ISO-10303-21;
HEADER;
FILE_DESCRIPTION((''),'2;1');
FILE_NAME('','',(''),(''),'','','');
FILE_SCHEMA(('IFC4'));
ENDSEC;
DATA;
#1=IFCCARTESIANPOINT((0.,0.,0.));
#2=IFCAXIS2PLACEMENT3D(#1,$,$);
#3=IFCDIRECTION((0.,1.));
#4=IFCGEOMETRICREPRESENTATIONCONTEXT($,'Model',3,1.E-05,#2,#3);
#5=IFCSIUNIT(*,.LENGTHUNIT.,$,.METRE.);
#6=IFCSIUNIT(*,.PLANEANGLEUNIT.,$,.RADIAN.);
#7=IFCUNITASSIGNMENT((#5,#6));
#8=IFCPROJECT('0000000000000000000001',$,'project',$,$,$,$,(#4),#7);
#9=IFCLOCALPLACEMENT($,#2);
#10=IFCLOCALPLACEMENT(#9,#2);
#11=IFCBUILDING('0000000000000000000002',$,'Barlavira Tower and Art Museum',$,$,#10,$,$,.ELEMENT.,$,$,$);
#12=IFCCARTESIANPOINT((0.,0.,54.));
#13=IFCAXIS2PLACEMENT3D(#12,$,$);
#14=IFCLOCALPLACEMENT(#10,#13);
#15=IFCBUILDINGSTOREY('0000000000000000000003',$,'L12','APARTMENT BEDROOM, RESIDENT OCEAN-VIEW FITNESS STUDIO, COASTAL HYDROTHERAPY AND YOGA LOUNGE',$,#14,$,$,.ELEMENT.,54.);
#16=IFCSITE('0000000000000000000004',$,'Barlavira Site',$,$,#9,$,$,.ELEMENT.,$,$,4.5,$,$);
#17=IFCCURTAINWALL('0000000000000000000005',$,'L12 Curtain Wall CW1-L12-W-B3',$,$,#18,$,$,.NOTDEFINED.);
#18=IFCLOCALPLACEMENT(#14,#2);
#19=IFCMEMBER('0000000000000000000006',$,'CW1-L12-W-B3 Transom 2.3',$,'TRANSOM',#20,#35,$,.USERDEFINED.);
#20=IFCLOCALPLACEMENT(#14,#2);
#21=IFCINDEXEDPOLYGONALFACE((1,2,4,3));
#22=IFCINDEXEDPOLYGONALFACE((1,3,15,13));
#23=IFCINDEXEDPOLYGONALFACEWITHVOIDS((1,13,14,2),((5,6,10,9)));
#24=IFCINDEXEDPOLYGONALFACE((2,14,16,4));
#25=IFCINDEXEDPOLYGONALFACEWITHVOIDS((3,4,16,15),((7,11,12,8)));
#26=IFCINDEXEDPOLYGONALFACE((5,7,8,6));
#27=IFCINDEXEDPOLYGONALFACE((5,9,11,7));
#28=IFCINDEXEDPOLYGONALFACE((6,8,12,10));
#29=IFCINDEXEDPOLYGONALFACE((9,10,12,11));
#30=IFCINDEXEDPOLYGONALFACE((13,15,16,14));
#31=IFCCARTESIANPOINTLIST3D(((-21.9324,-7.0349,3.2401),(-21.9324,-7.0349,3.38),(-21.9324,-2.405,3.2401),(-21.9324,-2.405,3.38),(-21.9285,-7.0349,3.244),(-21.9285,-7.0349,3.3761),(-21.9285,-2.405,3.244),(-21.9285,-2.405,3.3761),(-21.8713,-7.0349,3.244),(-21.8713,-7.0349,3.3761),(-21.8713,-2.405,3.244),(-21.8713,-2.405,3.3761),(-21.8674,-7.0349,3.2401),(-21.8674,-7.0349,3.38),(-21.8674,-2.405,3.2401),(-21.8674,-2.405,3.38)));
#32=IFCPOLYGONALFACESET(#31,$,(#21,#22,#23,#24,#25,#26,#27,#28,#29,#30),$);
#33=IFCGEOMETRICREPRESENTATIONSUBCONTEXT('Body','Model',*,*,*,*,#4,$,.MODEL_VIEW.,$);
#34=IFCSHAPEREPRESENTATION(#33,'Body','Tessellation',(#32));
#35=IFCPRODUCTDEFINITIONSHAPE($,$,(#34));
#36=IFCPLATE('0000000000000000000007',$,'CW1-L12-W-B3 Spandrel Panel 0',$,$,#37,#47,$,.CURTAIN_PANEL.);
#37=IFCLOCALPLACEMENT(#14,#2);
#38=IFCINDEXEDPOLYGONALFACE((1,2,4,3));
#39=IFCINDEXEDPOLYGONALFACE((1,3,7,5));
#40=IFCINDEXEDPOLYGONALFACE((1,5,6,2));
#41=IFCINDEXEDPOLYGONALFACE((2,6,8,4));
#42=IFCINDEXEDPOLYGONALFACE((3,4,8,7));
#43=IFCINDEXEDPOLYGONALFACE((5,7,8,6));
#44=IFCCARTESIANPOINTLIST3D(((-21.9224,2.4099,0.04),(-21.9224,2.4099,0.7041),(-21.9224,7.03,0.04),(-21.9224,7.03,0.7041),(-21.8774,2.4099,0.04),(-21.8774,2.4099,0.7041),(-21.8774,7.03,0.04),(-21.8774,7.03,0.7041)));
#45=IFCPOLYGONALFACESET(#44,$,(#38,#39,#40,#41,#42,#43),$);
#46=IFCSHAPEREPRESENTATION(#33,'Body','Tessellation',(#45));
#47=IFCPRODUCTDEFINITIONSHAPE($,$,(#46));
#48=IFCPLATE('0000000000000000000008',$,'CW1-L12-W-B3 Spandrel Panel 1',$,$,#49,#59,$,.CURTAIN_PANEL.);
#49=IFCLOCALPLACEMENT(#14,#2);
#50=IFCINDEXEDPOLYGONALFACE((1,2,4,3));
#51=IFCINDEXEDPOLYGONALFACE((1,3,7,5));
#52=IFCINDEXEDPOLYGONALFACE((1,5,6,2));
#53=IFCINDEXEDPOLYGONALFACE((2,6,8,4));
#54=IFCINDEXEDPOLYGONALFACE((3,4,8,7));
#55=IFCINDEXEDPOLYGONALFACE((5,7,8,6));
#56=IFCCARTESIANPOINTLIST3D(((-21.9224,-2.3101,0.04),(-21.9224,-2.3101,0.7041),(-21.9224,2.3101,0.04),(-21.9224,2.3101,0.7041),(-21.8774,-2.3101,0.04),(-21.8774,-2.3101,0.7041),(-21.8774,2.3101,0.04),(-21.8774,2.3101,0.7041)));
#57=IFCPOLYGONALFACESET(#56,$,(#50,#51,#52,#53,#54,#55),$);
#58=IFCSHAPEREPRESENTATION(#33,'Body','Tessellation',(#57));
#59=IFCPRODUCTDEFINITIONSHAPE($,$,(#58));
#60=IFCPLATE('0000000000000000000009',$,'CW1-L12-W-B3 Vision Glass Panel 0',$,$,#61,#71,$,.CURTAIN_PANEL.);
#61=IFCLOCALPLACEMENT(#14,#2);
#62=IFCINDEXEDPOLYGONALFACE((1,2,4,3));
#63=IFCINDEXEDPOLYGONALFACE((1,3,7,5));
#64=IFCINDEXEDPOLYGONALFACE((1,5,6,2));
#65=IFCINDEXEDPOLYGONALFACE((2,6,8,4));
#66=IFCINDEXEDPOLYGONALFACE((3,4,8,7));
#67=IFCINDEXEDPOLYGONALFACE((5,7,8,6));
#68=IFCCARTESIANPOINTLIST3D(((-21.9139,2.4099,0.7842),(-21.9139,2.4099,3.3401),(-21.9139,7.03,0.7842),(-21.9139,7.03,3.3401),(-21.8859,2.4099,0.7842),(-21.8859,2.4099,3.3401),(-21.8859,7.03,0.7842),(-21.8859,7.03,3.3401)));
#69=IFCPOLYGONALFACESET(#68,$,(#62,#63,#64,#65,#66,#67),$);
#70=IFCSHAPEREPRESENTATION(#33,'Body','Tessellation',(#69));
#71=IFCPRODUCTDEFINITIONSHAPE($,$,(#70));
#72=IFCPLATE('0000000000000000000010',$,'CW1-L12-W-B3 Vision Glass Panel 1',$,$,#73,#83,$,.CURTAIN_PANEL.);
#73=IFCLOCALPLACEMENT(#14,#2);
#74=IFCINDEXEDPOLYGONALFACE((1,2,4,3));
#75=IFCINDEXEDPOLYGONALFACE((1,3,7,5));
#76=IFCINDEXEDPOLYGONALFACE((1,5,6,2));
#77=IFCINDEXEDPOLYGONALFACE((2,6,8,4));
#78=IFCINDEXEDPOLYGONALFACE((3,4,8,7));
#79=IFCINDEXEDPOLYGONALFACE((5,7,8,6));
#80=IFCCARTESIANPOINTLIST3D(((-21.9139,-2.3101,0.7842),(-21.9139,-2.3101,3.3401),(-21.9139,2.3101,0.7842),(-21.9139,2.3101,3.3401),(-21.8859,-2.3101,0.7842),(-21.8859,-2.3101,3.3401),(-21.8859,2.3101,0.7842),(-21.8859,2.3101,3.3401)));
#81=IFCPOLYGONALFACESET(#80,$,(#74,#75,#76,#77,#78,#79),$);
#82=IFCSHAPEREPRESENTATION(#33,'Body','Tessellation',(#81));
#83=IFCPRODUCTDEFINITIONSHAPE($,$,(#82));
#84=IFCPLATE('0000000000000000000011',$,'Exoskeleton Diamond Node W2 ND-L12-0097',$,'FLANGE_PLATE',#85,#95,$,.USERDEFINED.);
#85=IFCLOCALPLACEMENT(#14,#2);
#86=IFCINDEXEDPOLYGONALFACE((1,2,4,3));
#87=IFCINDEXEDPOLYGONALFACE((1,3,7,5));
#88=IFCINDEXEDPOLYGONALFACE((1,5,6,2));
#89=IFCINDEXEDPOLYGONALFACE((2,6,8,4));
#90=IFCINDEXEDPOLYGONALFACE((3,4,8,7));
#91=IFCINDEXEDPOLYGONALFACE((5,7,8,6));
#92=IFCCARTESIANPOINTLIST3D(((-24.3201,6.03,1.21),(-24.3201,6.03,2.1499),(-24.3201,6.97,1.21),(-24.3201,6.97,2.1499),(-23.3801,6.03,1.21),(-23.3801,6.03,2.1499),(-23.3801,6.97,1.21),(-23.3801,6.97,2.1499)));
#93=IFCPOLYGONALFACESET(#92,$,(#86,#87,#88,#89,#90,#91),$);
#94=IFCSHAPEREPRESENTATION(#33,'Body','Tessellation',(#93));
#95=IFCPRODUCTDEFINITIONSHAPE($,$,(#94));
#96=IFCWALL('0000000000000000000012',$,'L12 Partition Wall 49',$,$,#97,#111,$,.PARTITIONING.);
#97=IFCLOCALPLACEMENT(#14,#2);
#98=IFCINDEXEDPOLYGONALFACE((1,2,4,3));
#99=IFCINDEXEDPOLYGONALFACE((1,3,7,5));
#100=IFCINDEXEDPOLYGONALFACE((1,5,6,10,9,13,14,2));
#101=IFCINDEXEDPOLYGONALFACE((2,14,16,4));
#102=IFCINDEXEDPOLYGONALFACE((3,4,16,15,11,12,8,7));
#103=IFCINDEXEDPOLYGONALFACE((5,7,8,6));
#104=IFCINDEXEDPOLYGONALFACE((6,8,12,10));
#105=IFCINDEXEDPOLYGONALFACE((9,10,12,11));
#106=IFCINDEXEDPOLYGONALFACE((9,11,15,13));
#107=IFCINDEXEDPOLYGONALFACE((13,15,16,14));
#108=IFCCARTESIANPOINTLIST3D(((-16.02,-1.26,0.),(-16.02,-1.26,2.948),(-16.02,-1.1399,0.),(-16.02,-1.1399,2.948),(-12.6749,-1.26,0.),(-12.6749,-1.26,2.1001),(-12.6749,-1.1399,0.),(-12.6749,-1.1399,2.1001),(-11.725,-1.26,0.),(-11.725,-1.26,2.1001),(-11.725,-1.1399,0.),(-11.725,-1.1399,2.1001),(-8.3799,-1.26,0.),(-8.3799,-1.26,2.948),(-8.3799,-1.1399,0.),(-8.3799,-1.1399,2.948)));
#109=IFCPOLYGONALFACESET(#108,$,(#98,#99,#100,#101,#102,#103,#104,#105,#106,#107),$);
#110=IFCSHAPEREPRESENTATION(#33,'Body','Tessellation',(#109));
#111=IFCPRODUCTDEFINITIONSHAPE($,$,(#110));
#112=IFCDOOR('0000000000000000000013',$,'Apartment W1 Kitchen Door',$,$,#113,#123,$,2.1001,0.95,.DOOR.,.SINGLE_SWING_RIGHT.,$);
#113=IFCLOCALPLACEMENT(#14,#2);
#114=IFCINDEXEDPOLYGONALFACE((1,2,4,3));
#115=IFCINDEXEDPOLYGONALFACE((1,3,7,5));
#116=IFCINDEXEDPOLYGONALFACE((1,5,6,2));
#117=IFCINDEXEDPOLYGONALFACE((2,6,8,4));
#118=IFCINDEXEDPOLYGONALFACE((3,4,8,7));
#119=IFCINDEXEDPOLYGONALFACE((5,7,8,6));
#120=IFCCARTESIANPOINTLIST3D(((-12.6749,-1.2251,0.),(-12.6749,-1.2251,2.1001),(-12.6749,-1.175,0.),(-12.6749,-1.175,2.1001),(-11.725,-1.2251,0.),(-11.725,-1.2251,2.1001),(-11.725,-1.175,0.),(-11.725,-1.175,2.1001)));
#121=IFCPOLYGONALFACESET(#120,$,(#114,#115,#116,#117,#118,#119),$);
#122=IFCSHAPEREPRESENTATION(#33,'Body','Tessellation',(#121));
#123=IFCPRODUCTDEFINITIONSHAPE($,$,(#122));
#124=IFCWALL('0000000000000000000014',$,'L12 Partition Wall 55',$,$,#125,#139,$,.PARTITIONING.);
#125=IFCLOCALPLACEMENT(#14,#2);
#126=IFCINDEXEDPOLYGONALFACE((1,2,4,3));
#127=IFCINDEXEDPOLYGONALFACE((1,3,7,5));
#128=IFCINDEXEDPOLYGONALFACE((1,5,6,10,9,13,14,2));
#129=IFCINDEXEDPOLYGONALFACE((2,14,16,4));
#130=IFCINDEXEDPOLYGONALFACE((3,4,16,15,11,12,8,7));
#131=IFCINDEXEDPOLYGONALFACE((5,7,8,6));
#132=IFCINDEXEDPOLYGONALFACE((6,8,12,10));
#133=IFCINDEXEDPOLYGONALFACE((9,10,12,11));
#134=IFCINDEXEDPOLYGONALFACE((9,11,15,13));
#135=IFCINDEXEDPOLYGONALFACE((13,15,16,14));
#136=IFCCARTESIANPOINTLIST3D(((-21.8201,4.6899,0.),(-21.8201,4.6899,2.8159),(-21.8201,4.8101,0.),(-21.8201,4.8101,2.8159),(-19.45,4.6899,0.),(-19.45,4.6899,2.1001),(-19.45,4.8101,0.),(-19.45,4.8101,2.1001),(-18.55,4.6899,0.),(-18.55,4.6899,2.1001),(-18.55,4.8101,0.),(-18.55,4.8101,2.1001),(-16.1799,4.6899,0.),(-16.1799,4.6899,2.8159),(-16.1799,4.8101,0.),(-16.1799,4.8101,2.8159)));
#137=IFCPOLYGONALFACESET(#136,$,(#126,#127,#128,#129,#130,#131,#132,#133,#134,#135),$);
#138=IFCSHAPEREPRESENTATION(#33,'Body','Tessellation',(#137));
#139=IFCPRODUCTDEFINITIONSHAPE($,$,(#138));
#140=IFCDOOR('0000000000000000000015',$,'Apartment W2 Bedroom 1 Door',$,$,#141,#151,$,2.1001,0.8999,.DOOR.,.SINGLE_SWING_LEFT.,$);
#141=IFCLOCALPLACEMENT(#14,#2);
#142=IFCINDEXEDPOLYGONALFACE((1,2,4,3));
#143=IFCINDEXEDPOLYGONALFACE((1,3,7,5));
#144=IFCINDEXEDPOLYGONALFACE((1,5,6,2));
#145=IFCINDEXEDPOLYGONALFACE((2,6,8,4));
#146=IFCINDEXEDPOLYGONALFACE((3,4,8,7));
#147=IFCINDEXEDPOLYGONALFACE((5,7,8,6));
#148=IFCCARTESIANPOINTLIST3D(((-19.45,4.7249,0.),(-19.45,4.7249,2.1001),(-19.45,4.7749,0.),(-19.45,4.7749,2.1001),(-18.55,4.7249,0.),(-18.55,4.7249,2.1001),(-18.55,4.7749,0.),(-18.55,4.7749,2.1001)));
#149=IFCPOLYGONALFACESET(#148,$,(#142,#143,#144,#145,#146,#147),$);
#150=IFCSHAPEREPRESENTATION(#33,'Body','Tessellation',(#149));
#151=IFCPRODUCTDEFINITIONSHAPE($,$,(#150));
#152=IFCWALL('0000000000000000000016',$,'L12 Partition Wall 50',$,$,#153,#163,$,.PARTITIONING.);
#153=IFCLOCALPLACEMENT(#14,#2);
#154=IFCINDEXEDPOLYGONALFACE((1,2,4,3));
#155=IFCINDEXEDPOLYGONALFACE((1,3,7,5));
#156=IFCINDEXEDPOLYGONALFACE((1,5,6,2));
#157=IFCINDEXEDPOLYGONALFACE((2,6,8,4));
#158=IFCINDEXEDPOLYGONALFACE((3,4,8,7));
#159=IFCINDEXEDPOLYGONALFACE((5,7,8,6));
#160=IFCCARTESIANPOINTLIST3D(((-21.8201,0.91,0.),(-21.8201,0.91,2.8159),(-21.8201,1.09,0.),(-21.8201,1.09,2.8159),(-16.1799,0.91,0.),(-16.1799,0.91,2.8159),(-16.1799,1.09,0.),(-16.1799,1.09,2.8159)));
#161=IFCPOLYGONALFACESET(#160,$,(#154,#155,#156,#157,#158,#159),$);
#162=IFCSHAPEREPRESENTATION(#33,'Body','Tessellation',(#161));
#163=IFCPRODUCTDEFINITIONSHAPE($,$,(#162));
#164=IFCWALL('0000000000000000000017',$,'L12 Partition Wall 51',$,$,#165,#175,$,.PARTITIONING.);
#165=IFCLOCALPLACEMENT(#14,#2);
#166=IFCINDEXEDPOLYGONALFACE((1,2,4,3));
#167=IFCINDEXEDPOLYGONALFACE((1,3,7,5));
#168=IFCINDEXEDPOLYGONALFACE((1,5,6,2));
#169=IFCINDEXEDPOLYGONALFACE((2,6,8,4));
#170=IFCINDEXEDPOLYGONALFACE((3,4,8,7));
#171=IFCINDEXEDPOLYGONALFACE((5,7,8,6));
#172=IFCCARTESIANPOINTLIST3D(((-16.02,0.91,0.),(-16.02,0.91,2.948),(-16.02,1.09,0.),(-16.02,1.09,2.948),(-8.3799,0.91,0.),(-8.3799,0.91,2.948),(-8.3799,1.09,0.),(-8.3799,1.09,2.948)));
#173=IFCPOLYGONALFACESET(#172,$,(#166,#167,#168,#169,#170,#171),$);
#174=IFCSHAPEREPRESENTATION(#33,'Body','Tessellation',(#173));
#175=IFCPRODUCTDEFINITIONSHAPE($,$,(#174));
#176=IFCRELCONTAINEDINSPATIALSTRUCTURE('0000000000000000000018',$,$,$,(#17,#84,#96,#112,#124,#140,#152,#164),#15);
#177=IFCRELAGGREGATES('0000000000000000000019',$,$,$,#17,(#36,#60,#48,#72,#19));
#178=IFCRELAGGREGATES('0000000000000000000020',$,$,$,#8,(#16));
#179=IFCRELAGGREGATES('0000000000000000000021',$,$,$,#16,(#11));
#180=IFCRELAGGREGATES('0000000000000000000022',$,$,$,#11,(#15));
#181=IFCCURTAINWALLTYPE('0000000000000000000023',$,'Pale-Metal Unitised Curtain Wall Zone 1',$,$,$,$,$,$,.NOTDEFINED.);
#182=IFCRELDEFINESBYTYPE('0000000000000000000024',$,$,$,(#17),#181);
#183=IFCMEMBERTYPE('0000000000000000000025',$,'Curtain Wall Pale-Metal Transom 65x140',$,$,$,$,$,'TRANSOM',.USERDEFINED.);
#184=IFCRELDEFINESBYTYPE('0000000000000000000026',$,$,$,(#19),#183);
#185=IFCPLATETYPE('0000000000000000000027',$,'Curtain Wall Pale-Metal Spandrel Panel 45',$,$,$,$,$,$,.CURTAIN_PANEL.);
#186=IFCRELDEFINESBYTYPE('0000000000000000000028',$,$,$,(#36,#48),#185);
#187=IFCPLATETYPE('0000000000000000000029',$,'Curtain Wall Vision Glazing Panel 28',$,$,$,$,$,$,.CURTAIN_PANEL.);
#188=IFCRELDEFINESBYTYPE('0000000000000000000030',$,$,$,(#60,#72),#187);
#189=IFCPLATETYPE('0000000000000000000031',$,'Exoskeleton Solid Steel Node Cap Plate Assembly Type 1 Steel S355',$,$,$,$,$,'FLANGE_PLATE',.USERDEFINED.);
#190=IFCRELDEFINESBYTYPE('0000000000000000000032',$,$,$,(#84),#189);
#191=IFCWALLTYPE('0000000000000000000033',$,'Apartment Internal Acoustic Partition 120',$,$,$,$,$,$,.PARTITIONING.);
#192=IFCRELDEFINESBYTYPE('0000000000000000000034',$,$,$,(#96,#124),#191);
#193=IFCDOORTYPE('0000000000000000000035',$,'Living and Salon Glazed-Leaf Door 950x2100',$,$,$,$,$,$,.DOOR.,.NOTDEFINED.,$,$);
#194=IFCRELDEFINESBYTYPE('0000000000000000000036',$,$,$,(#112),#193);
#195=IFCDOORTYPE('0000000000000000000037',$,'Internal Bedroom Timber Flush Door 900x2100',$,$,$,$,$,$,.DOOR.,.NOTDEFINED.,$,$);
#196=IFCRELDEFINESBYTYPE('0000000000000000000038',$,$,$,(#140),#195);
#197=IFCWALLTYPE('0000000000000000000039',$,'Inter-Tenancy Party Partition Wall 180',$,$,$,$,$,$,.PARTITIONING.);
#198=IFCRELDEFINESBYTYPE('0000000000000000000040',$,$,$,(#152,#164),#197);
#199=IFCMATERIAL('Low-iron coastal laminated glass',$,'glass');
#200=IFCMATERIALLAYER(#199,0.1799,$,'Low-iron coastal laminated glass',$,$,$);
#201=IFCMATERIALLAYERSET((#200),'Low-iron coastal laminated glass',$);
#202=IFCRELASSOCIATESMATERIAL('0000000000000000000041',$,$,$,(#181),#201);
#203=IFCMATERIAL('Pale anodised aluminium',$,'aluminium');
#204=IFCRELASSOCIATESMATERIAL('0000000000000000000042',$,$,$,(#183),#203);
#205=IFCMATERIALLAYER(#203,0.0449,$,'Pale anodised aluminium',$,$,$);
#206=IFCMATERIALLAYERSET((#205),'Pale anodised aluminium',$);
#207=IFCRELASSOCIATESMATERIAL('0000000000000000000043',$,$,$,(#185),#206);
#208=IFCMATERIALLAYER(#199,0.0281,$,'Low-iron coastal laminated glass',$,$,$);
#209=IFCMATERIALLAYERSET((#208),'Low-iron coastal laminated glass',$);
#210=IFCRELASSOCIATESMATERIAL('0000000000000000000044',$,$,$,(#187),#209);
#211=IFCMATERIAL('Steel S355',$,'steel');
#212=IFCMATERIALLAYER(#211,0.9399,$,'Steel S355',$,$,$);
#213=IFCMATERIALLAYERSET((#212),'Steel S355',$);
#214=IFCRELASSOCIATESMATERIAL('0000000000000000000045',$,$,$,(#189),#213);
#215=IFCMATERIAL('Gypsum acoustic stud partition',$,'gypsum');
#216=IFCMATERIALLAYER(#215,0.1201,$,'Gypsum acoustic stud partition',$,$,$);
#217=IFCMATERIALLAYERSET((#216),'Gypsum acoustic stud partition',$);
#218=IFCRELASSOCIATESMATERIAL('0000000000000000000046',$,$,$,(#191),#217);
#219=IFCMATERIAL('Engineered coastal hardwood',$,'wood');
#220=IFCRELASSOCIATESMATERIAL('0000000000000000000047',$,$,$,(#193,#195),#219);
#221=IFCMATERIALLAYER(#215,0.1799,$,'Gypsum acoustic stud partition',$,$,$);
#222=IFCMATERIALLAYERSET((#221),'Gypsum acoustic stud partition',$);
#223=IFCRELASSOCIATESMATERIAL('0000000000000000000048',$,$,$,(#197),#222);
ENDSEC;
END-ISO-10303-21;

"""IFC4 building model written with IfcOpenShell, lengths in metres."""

from ifc_helpers import new_model, si_unit, direction, frame, frame_2d, origin, origin_2d, place, context, subcontext, project, spatial, rectangle, hollow_rectangle, extrude, material, layer, layer_set, material_profile, profile_set, type_object, element, fill, aggregate, save


model = new_model("IFC4")

# Units and contexts
model_context = context("Model", 3, precision=1e-05, world=origin(), true_north=direction((0.0, 1.0)))
body_context = subcontext(model_context, "Body", "Model", "MODEL_VIEW")
ifc_project = project(units=[si_unit("LENGTHUNIT", "METRE"), si_unit("PLANEANGLEUNIT", "RADIAN")], contexts=[model_context])

# Site, building, storey
site_placement = place(None, origin())
site = spatial("IfcSite", under=ifc_project, at=site_placement, Name="Barlavira Site", CompositionType="ELEMENT", RefElevation=4.5)
building_placement = place(site_placement, origin())
building = spatial("IfcBuilding", under=site, at=building_placement, Name="Barlavira Tower and Art Museum", CompositionType="ELEMENT")
storey_placement = place(building_placement, frame((0.0, 0.0, 54.0)))
storey = spatial("IfcBuildingStorey", under=building, at=storey_placement, Name="L12", Description="APARTMENT BEDROOM, RESIDENT OCEAN-VIEW FITNESS STUDIO, COASTAL HYDROTHERAPY AND YOGA LOUNGE", CompositionType="ELEMENT", Elevation=54.0)

# Curtain wall, member, plates
ifc_material_1 = material(Name="Low-iron coastal laminated glass", Category="glass")
ifc_layer_1 = layer(ifc_material_1, 0.1799, Name="Low-iron coastal laminated glass")
ifc_layer_set_1 = layer_set([ifc_layer_1], Name="Low-iron coastal laminated glass")
curtain_wall_type = type_object("IfcCurtainWallType", Name="Pale-Metal Unitised Curtain Wall Zone 1", PredefinedType="NOTDEFINED", material=ifc_layer_set_1)
curtain_wall_placement = place(storey_placement, origin())
curtain_wall = element("IfcCurtainWall", 1, at=curtain_wall_placement, inside=storey, type_object=curtain_wall_type, Name="L12 Curtain Wall CW1-L12-W-B3", PredefinedType="NOTDEFINED")
ifc_material_2 = material(Name="Pale anodised aluminium", Category="aluminium")
ifc_material_profile_1 = material_profile(ifc_material_2, hollow_rectangle(XDim=0.0649, YDim=0.1399, WallThickness=0.0039, at=origin_2d()), Name="ALU-TRAN 65x140x4")
ifc_profile_set_1 = profile_set([ifc_material_profile_1], Name="Pale anodised aluminium")
member_type_1 = type_object("IfcMemberType", Name="Curtain Wall Pale-Metal Transom 65x140", ElementType="TRANSOM", PredefinedType="USERDEFINED", material=ifc_profile_set_1)
member_1_placement = place(storey_placement, frame((-21.8999, -2.405, 3.3101), z_axis=(0.0, -1.0, 0.0), x_axis=(1.0, 0.0, 0.0)))
member_1 = element("IfcMember", 2, at=member_1_placement, type_object=member_type_1, Name="CW1-L12-W-B3 Transom 2.3", ObjectType="TRANSOM", PredefinedType="USERDEFINED", context=body_context, shape_type="SweptSolid", body=[
    extrude(hollow_rectangle(XDim=0.0649, YDim=0.1399, WallThickness=0.0039, at=origin_2d()), origin(), (0.0, 0.0, 1.0), 4.6299),
])
ifc_layer_2 = layer(ifc_material_2, 0.0449, Name="Pale anodised aluminium")
ifc_layer_set_2 = layer_set([ifc_layer_2], Name="Pale anodised aluminium")
plate_type_1 = type_object("IfcPlateType", Name="Curtain Wall Pale-Metal Spandrel Panel 45", PredefinedType="CURTAIN_PANEL", material=ifc_layer_set_2)
plate_1_placement = place(storey_placement, frame((-21.8999, 4.72, 0.04), z_axis=(0.0, 0.0, 1.0), x_axis=(0.0, -1.0, 0.0)))
plate_1 = element("IfcPlate", 3, at=plate_1_placement, type_object=plate_type_1, Name="CW1-L12-W-B3 Spandrel Panel 0", PredefinedType="CURTAIN_PANEL", context=body_context, shape_type="SweptSolid", body=[
    extrude(rectangle(XDim=4.6201, YDim=0.0449, at=origin_2d()), origin(), (0.0, 0.0, 1.0), 0.6641),
])
plate_2_placement = place(storey_placement, frame((-21.8999, 0.0, 0.04), z_axis=(0.0, 0.0, 1.0), x_axis=(0.0, -1.0, 0.0)))
plate_2 = element("IfcPlate", 4, at=plate_2_placement, type_object=plate_type_1, Name="CW1-L12-W-B3 Spandrel Panel 1", PredefinedType="CURTAIN_PANEL", context=body_context, shape_type="SweptSolid", body=[
    extrude(rectangle(XDim=4.6201, YDim=0.0449, at=origin_2d()), origin(), (0.0, 0.0, 1.0), 0.6641),
])
ifc_layer_3 = layer(ifc_material_1, 0.0281, Name="Low-iron coastal laminated glass")
ifc_layer_set_3 = layer_set([ifc_layer_3], Name="Low-iron coastal laminated glass")
plate_type_2 = type_object("IfcPlateType", Name="Curtain Wall Vision Glazing Panel 28", PredefinedType="CURTAIN_PANEL", material=ifc_layer_set_3)
plate_3_placement = place(storey_placement, frame((-21.8999, 4.72, 0.7842), z_axis=(0.0, 0.0, 1.0), x_axis=(0.0, -1.0, 0.0)))
plate_3 = element("IfcPlate", 5, at=plate_3_placement, type_object=plate_type_2, Name="CW1-L12-W-B3 Vision Glass Panel 0", PredefinedType="CURTAIN_PANEL", context=body_context, shape_type="SweptSolid", body=[
    extrude(rectangle(XDim=4.6201, YDim=0.0281, at=origin_2d()), origin(), (0.0, 0.0, 1.0), 2.5559),
])
plate_4_placement = place(storey_placement, frame((-21.8999, 0.0, 0.7842), z_axis=(0.0, 0.0, 1.0), x_axis=(0.0, -1.0, 0.0)))
plate_4 = element("IfcPlate", 6, at=plate_4_placement, type_object=plate_type_2, Name="CW1-L12-W-B3 Vision Glass Panel 1", PredefinedType="CURTAIN_PANEL", context=body_context, shape_type="SweptSolid", body=[
    extrude(rectangle(XDim=4.6201, YDim=0.0281, at=origin_2d()), origin(), (0.0, 0.0, 1.0), 2.5559),
])
aggregate(curtain_wall, [plate_1, plate_3, plate_2, plate_4, member_1])

# Plate
ifc_material_3 = material(Name="Steel S355", Category="steel")
ifc_layer_4 = layer(ifc_material_3, 0.9399, Name="Steel S355")
ifc_layer_set_4 = layer_set([ifc_layer_4], Name="Steel S355")
plate_type_3 = type_object("IfcPlateType", Name="Exoskeleton Solid Steel Node Cap Plate Assembly Type 1 Steel S355", ElementType="FLANGE_PLATE", PredefinedType="USERDEFINED", material=ifc_layer_set_4)
plate_5_placement = place(storey_placement, frame((-23.8501, 6.5, 1.21), z_axis=(0.0, 0.0, 1.0), x_axis=(1.0, 0.0, 0.0)))
element("IfcPlate", 7, at=plate_5_placement, inside=storey, type_object=plate_type_3, Name="Exoskeleton Diamond Node W2 ND-L12-0097", ObjectType="FLANGE_PLATE", PredefinedType="USERDEFINED", context=body_context, shape_type="SweptSolid", body=[
    extrude(rectangle(XDim=0.9399, YDim=0.9399, at=origin_2d()), origin(), (0.0, 0.0, 1.0), 0.9399),
])

# Walls, openings, doors
ifc_material_4 = material(Name="Gypsum acoustic stud partition", Category="gypsum")
ifc_layer_5 = layer(ifc_material_4, 0.1201, Name="Gypsum acoustic stud partition")
ifc_layer_set_5 = layer_set([ifc_layer_5], Name="Gypsum acoustic stud partition")
wall_type_1 = type_object("IfcWallType", Name="Apartment Internal Acoustic Partition 120", PredefinedType="PARTITIONING", material=ifc_layer_set_5)
wall_1_placement = place(storey_placement, frame((-16.02, -1.2, 0.0), z_axis=(0.0, 0.0, 1.0), x_axis=(1.0, 0.0, 0.0)))
wall_1 = element("IfcWall", 8, at=wall_1_placement, inside=storey, type_object=wall_type_1, Name="L12 Partition Wall 49", PredefinedType="PARTITIONING", context=body_context, shape_type="SweptSolid", body=[
    extrude(rectangle(XDim=7.6401, YDim=0.1201, at=frame_2d((3.8201, 0.0))), origin(), (0.0, 0.0, 1.0), 2.948),
])
opening_1_placement = place(wall_1_placement, frame((3.345, 0.0, 0.0)))
opening_1 = element("IfcOpeningElement", 9, at=opening_1_placement, cuts=wall_1, PredefinedType="OPENING", context=body_context, shape_type="SweptSolid", body=[
    extrude(rectangle(XDim=0.95, YDim=2.1001, at=frame_2d((0.4751, 1.05))), frame((0.0, 0.0701, 0.0), z_axis=(0.0, -1.0, 0.0), x_axis=(1.0, 0.0, 0.0)), (0.0, 0.0, 1.0), 0.1401),
])
ifc_material_5 = material(Name="Engineered coastal hardwood", Category="wood")
door_type_1 = type_object("IfcDoorType", Name="Living and Salon Glazed-Leaf Door 950x2100", OperationType="NOTDEFINED", PredefinedType="DOOR", material=ifc_material_5)
door_1_placement = place(opening_1_placement, origin())
door_1 = element("IfcDoor", 10, at=door_1_placement, inside=storey, type_object=door_type_1, Name="Apartment W1 Kitchen Door", OperationType="SINGLE_SWING_RIGHT", OverallHeight=2.1001, OverallWidth=0.95, PredefinedType="DOOR", context=body_context, shape_type="SweptSolid", body=[
    extrude(rectangle(XDim=0.95, YDim=2.1001, at=frame_2d((0.4751, 1.05))), frame((0.0, 0.0249, 0.0), z_axis=(0.0, -1.0, 0.0), x_axis=(1.0, 0.0, 0.0)), (0.0, 0.0, 1.0), 0.05),
])
fill(opening_1, door_1)
wall_2_placement = place(storey_placement, frame((-21.8201, 4.75, 0.0), z_axis=(0.0, 0.0, 1.0), x_axis=(1.0, 0.0, 0.0)))
wall_2 = element("IfcWall", 11, at=wall_2_placement, inside=storey, type_object=wall_type_1, Name="L12 Partition Wall 55", PredefinedType="PARTITIONING", context=body_context, shape_type="SweptSolid", body=[
    extrude(rectangle(XDim=5.6401, YDim=0.1201, at=frame_2d((2.8201, 0.0))), origin(), (0.0, 0.0, 1.0), 2.8159),
])
opening_2_placement = place(wall_2_placement, frame((2.3701, 0.0, 0.0)))
opening_2 = element("IfcOpeningElement", 12, at=opening_2_placement, cuts=wall_2, PredefinedType="OPENING", context=body_context, shape_type="SweptSolid", body=[
    extrude(rectangle(XDim=0.8999, YDim=2.1001, at=frame_2d((0.45, 1.05))), frame((0.0, 0.0701, 0.0), z_axis=(0.0, -1.0, 0.0), x_axis=(1.0, 0.0, 0.0)), (0.0, 0.0, 1.0), 0.1401),
])
door_type_2 = type_object("IfcDoorType", Name="Internal Bedroom Timber Flush Door 900x2100", OperationType="NOTDEFINED", PredefinedType="DOOR", material=ifc_material_5)
door_2_placement = place(opening_2_placement, origin())
door_2 = element("IfcDoor", 13, at=door_2_placement, inside=storey, type_object=door_type_2, Name="Apartment W2 Bedroom 1 Door", OperationType="SINGLE_SWING_LEFT", OverallHeight=2.1001, OverallWidth=0.8999, PredefinedType="DOOR", context=body_context, shape_type="SweptSolid", body=[
    extrude(rectangle(XDim=0.8999, YDim=2.1001, at=frame_2d((0.45, 1.05))), frame((0.0, 0.0249, 0.0), z_axis=(0.0, -1.0, 0.0), x_axis=(1.0, 0.0, 0.0)), (0.0, 0.0, 1.0), 0.05),
])
fill(opening_2, door_2)

# Walls
ifc_layer_6 = layer(ifc_material_4, 0.1799, Name="Gypsum acoustic stud partition")
ifc_layer_set_6 = layer_set([ifc_layer_6], Name="Gypsum acoustic stud partition")
wall_type_2 = type_object("IfcWallType", Name="Inter-Tenancy Party Partition Wall 180", PredefinedType="PARTITIONING", material=ifc_layer_set_6)
wall_3_placement = place(storey_placement, frame((-21.8201, 1.0, 0.0), z_axis=(0.0, 0.0, 1.0), x_axis=(1.0, 0.0, 0.0)))
element("IfcWall", 14, at=wall_3_placement, inside=storey, type_object=wall_type_2, Name="L12 Partition Wall 50", PredefinedType="PARTITIONING", context=body_context, shape_type="SweptSolid", body=[
    extrude(rectangle(XDim=5.6401, YDim=0.1799, at=frame_2d((2.8201, 0.0))), origin(), (0.0, 0.0, 1.0), 2.8159),
])
wall_4_placement = place(storey_placement, frame((-16.02, 1.0, 0.0), z_axis=(0.0, 0.0, 1.0), x_axis=(1.0, 0.0, 0.0)))
element("IfcWall", 15, at=wall_4_placement, inside=storey, type_object=wall_type_2, Name="L12 Partition Wall 51", PredefinedType="PARTITIONING", context=body_context, shape_type="SweptSolid", body=[
    extrude(rectangle(XDim=7.6401, YDim=0.1799, at=frame_2d((3.8201, 0.0))), origin(), (0.0, 0.0, 1.0), 2.948),
])

save(model, "model.ifc")
